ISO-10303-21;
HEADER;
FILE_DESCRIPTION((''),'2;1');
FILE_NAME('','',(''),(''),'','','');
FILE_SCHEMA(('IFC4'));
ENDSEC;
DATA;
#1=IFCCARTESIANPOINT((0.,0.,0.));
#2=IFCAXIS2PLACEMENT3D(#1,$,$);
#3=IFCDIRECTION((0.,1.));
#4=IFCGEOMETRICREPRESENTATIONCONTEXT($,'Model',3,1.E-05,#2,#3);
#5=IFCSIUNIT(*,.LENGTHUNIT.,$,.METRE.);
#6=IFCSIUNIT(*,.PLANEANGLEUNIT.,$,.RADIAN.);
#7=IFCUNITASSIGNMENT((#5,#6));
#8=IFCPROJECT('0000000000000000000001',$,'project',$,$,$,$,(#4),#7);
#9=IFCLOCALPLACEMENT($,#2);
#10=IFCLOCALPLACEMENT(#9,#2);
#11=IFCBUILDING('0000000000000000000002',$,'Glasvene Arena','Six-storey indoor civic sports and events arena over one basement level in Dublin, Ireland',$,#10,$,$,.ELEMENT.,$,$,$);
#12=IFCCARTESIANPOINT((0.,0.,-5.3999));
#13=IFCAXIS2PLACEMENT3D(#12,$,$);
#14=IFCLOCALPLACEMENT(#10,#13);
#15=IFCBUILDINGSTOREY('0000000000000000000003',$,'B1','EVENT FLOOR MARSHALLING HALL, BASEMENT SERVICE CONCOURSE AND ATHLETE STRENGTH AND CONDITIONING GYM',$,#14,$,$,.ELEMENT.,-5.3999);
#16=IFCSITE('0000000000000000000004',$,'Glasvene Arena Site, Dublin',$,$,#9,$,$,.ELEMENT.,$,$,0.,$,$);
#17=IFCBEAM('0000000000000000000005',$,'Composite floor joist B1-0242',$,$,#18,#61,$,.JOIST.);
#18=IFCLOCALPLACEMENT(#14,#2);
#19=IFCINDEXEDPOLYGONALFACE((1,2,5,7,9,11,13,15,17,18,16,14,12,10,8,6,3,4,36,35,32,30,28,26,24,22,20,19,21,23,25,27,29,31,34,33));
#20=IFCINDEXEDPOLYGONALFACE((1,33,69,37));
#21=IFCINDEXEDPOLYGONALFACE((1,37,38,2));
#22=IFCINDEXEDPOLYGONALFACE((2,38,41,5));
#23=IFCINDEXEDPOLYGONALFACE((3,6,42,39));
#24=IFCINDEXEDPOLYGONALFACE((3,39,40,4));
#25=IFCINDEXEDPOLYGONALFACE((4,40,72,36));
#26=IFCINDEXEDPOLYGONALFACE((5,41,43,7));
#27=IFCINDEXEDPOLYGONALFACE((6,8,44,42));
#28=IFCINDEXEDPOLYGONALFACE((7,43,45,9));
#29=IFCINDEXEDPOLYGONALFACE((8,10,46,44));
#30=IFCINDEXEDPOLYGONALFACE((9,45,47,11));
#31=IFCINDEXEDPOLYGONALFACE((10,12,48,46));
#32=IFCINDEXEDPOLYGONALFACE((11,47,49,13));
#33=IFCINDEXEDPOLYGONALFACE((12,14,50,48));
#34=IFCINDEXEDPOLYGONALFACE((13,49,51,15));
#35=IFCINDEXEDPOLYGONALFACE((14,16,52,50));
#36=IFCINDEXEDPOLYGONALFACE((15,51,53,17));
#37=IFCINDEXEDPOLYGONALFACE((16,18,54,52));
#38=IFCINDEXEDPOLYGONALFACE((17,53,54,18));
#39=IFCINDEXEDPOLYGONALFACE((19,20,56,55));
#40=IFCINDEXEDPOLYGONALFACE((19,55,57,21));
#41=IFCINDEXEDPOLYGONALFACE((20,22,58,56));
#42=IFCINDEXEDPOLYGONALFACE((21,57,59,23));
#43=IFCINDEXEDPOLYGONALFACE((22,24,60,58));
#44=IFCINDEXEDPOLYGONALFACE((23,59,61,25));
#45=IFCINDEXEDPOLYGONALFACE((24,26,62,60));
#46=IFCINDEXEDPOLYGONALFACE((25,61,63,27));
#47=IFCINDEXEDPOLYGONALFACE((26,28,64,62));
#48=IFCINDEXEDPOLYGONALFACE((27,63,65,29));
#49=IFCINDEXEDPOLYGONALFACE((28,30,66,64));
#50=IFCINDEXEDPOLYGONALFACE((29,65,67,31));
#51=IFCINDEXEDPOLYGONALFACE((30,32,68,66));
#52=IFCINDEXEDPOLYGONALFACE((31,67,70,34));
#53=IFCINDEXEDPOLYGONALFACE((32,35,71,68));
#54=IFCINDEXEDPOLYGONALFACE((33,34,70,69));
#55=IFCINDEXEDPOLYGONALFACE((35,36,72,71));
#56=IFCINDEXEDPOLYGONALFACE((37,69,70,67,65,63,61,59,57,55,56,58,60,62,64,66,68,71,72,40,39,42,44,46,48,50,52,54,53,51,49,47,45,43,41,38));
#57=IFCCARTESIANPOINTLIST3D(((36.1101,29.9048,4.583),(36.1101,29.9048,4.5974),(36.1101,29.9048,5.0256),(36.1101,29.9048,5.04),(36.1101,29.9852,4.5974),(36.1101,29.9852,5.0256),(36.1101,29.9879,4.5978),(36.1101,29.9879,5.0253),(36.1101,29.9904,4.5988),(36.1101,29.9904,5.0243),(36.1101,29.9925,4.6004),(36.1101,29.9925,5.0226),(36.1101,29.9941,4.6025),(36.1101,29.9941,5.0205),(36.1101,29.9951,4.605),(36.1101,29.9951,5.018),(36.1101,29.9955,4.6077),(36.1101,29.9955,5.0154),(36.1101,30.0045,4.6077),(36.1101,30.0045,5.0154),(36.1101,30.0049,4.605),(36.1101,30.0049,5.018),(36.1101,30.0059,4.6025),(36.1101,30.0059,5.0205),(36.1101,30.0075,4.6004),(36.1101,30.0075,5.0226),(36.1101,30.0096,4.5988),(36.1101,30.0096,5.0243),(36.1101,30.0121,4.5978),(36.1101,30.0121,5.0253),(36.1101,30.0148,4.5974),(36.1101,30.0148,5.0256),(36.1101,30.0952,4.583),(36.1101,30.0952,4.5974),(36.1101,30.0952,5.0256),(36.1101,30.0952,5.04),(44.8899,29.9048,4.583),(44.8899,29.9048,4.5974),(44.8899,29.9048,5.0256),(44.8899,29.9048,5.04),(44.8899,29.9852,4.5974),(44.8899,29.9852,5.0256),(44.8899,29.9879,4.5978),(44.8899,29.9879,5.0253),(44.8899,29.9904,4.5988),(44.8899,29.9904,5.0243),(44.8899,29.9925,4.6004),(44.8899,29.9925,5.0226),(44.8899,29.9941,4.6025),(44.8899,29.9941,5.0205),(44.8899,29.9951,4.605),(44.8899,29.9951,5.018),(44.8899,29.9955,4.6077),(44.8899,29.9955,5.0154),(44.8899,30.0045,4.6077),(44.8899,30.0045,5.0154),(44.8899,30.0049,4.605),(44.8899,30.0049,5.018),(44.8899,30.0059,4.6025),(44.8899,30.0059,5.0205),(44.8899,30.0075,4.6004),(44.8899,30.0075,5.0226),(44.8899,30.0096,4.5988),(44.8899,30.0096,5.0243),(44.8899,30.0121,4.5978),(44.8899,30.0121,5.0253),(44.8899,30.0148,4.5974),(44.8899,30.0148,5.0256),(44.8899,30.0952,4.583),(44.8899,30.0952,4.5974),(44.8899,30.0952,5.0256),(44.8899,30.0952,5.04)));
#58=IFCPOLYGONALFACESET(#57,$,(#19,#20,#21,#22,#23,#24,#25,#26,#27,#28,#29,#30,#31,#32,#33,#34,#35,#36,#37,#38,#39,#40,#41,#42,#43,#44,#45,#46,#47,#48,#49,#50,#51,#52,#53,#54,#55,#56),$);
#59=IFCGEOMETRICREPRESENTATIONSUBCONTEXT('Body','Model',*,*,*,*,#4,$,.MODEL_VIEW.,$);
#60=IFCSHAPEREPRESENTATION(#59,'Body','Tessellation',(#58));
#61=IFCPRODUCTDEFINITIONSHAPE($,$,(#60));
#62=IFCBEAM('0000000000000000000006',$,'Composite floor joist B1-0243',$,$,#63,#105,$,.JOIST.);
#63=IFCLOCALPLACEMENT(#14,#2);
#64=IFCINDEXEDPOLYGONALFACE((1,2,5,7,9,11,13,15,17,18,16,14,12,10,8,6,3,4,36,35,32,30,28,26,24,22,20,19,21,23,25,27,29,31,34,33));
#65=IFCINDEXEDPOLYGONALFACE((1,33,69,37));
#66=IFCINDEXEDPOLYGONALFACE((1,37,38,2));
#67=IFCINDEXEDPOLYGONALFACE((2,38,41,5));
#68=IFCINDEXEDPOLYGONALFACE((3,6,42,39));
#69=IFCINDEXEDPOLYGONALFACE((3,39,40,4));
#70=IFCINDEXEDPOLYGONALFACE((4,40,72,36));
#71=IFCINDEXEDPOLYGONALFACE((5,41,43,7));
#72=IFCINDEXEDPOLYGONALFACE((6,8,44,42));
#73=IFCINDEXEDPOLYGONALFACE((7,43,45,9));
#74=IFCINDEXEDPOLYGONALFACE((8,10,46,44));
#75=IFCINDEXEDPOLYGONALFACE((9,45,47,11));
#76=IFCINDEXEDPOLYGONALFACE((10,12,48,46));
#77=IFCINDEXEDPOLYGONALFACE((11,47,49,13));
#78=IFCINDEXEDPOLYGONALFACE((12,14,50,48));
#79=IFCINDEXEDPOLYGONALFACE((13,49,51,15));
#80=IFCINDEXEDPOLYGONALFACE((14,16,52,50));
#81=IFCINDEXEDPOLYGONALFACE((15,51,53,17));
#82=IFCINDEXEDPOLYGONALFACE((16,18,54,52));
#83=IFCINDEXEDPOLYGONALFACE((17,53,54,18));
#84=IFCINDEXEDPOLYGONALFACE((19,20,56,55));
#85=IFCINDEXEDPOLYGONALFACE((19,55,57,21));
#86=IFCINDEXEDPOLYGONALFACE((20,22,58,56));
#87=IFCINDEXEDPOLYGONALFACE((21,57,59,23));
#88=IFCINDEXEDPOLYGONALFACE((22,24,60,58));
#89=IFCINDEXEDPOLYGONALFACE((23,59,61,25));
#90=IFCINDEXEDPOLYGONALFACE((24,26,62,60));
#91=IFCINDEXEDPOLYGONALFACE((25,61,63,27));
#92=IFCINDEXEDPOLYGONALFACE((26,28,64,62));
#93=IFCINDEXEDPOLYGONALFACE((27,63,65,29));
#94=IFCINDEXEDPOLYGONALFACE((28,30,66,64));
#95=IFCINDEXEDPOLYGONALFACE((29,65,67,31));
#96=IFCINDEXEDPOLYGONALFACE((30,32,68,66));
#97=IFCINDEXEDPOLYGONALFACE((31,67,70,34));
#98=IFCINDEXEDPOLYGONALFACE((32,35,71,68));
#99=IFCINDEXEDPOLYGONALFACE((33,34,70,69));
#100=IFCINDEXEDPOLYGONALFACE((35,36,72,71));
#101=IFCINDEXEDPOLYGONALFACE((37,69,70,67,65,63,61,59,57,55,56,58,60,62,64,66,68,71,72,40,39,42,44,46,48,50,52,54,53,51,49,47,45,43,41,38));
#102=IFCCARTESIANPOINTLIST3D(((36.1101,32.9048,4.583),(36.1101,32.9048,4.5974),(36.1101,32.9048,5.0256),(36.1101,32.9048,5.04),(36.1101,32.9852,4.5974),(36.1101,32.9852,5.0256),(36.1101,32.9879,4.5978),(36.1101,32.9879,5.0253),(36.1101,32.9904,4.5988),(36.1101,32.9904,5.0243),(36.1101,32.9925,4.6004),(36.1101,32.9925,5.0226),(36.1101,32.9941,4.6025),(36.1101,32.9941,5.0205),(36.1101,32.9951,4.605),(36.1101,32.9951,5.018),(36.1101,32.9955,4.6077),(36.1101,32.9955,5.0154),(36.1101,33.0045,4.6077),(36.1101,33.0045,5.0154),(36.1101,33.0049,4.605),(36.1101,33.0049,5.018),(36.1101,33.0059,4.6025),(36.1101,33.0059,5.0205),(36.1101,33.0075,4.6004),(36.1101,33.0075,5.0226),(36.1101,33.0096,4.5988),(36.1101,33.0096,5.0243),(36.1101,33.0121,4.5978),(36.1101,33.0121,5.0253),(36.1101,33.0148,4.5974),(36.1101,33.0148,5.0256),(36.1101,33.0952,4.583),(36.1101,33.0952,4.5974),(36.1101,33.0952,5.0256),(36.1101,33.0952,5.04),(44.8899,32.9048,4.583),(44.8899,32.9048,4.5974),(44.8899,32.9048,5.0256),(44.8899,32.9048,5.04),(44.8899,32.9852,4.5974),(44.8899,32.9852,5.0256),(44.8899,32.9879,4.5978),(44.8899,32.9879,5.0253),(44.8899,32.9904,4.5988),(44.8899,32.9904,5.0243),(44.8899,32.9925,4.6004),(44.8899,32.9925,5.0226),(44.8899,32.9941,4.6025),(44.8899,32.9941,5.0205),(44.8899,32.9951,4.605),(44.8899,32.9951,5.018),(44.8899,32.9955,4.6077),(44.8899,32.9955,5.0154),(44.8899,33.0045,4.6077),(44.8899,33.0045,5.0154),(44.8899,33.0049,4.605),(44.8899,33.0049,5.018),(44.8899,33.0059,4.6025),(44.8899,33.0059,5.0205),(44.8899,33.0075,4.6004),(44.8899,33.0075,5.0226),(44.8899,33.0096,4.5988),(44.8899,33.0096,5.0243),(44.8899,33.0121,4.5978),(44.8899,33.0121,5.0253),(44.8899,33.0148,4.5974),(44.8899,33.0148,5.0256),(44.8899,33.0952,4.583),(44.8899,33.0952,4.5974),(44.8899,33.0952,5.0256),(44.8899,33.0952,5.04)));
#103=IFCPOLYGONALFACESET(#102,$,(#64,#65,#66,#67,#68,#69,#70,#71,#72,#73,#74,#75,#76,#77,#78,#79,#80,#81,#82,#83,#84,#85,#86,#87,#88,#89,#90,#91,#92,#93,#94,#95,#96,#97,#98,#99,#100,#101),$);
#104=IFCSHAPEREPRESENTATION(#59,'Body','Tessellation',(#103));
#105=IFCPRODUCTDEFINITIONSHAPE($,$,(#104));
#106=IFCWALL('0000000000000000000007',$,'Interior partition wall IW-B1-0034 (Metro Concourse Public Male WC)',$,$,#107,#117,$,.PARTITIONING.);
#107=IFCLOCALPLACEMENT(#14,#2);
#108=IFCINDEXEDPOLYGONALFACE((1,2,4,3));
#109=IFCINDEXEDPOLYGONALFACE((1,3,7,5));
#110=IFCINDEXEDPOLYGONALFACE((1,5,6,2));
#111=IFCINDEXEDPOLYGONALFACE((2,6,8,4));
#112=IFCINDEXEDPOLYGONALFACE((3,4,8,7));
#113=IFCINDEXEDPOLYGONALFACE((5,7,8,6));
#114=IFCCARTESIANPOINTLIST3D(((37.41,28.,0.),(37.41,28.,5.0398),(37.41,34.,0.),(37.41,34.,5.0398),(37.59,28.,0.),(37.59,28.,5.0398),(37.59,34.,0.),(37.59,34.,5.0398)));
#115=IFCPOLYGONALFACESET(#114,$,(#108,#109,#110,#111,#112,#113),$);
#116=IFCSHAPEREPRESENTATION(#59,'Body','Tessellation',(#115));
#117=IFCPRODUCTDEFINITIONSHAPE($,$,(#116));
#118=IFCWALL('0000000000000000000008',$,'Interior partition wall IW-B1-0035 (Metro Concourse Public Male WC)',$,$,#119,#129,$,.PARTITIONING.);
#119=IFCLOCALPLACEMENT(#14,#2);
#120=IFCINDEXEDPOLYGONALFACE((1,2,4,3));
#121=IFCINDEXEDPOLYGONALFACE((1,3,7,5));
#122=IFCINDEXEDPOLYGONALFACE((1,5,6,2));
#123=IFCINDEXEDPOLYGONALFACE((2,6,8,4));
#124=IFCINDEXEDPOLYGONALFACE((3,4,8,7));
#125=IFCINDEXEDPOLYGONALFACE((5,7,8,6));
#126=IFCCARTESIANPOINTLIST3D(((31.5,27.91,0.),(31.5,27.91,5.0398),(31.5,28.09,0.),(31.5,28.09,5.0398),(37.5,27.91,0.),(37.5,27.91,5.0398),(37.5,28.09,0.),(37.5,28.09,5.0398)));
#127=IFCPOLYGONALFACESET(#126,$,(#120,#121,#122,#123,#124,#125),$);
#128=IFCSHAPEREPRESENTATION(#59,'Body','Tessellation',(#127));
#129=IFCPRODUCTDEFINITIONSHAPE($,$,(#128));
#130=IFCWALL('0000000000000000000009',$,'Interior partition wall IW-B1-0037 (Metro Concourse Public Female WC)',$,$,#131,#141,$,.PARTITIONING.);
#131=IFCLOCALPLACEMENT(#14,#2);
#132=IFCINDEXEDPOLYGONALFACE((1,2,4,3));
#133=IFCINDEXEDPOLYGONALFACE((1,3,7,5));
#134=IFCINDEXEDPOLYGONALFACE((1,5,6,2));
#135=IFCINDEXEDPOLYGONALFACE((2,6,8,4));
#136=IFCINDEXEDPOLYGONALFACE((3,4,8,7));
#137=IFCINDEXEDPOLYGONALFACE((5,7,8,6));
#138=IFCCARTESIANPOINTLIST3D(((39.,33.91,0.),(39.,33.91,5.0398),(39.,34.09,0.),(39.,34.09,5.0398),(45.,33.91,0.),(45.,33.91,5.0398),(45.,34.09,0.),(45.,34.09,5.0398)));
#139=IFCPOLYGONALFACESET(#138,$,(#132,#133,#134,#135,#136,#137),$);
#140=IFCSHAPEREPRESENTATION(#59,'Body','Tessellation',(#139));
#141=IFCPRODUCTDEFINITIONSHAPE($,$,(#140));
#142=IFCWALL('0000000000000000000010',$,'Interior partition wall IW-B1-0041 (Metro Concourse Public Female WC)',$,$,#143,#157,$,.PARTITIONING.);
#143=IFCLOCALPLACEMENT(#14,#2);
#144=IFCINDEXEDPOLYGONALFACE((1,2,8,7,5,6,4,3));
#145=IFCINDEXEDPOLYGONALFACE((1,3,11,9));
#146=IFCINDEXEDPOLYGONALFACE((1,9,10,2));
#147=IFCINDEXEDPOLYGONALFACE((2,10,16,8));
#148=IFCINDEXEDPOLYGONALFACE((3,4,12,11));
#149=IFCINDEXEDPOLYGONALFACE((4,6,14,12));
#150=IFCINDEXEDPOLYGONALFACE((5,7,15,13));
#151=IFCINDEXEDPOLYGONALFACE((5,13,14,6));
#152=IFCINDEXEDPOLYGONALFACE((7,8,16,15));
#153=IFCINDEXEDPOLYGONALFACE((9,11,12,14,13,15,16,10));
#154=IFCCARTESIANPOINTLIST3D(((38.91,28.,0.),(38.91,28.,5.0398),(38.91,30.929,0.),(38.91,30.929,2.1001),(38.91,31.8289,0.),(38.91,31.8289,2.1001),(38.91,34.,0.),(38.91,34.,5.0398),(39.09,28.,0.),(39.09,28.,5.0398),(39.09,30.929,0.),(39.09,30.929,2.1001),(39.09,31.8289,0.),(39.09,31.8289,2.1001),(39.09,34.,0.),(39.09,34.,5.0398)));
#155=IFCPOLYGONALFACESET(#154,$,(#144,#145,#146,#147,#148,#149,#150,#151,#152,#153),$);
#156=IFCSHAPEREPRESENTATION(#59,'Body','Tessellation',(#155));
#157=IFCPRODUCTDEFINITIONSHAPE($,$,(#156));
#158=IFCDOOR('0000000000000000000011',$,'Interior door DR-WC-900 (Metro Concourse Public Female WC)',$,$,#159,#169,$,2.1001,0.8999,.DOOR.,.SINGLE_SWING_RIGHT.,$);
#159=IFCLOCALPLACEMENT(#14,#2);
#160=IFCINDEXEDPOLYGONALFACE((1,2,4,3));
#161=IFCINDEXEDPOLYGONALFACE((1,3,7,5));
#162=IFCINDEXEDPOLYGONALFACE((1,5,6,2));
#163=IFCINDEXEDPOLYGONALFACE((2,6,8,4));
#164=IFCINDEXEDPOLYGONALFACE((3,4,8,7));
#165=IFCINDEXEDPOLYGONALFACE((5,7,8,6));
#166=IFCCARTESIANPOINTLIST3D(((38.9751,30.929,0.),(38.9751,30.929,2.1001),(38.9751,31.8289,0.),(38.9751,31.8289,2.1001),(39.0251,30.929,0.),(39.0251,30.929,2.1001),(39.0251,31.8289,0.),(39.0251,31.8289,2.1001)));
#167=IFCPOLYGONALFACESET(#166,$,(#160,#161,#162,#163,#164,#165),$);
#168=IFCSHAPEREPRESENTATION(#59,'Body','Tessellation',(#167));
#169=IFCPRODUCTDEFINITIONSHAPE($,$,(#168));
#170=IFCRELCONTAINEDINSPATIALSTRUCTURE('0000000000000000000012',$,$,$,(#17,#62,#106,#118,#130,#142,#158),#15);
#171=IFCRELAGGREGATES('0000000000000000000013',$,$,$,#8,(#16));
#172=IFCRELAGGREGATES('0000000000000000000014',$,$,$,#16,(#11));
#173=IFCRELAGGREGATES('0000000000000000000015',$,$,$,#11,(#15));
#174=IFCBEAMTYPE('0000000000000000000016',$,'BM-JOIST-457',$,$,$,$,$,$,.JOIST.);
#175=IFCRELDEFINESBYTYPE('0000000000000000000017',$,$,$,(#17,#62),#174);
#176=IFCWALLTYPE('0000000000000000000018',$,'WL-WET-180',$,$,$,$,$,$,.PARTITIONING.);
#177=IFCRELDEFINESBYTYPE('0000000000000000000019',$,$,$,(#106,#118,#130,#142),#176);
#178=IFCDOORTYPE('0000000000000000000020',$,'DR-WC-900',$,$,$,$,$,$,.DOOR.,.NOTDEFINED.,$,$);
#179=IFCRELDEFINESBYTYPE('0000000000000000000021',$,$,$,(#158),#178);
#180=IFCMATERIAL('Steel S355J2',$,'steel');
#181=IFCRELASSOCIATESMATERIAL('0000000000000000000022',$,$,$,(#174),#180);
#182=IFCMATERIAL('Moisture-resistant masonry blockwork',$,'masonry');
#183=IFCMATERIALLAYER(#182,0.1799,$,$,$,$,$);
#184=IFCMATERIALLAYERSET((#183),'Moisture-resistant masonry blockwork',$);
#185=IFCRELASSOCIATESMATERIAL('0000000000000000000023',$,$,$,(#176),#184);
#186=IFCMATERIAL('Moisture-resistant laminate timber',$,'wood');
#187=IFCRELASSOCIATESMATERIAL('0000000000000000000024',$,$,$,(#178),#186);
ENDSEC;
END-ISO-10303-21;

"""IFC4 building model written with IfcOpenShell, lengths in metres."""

from ifc_helpers import new_model, si_unit, direction, frame, frame_2d, origin, origin_2d, place, context, subcontext, project, spatial, rectangle, i_section, extrude, material, layer, layer_set, material_profile, profile_set, type_object, element, fill, save


model = new_model("IFC4")

# Units and contexts
model_context = context("Model", 3, precision=1e-05, world=origin(), true_north=direction((0.0, 1.0)))
body_context = subcontext(model_context, "Body", "Model", "MODEL_VIEW")
ifc_project = project(units=[si_unit("LENGTHUNIT", "METRE"), si_unit("PLANEANGLEUNIT", "RADIAN")], contexts=[model_context])

# Site, building, storey
site_placement = place(None, origin())
site = spatial("IfcSite", under=ifc_project, at=site_placement, Name="Glasvene Arena Site, Dublin", CompositionType="ELEMENT", RefElevation=0.0)
building_placement = place(site_placement, origin())
building = spatial("IfcBuilding", under=site, at=building_placement, Name="Glasvene Arena", Description="Six-storey indoor civic sports and events arena over one basement level in Dublin, Ireland", CompositionType="ELEMENT")
storey_placement = place(building_placement, frame((0.0, 0.0, -5.3999)))
storey = spatial("IfcBuildingStorey", under=building, at=storey_placement, Name="B1", Description="EVENT FLOOR MARSHALLING HALL, BASEMENT SERVICE CONCOURSE AND ATHLETE STRENGTH AND CONDITIONING GYM", CompositionType="ELEMENT", Elevation=-5.3999)

# Shared definitions
ifc_material_1 = material(Name="Steel S355J2", Category="steel")

# Beams
ifc_material_profile_1 = material_profile(ifc_material_1, i_section(OverallWidth=0.1904, OverallDepth=0.457, WebThickness=0.009, FlangeThickness=0.0144, FilletRadius=0.0103, at=origin_2d()), Name="UKB 457x191x74")
ifc_profile_set_1 = profile_set([ifc_material_profile_1], Name="Steel S355J2")
beam_type_1 = type_object("IfcBeamType", Name="BM-JOIST-457", PredefinedType="JOIST", material=ifc_profile_set_1)
for number, where, z_axis, x_axis, name in (
    (1, (36.1101, 30.0, 4.8115), (1.0, 0.0, 0.0), (0.0, 1.0, 0.0), "Composite floor joist B1-0242"),
    (2, (36.1101, 33.0, 4.8115), (1.0, 0.0, 0.0), (0.0, 1.0, 0.0), "Composite floor joist B1-0243"),
):
    element("IfcBeam", number, at=place(storey_placement, frame(where, z_axis=z_axis, x_axis=x_axis)), inside=storey, type_object=beam_type_1, Name=name, PredefinedType="JOIST", context=body_context, shape_type="SweptSolid", body=[
        extrude(i_section(OverallWidth=0.1904, OverallDepth=0.457, WebThickness=0.009, FlangeThickness=0.0144, FilletRadius=0.0103, at=origin_2d()), origin(), (0.0, 0.0, 1.0), 8.7798),
    ])

# Walls
ifc_material_2 = material(Name="Moisture-resistant masonry blockwork", Category="masonry")
ifc_layer = layer(ifc_material_2, 0.1799)
ifc_layer_set = layer_set([ifc_layer], Name="Moisture-resistant masonry blockwork")
wall_type = type_object("IfcWallType", Name="WL-WET-180", PredefinedType="PARTITIONING", material=ifc_layer_set)
for number, where, z_axis, x_axis, name in (
    (3, (37.5, 34.0, 0.0), (0.0, 0.0, 1.0), (0.0, -1.0, 0.0), "Interior partition wall IW-B1-0034 (Metro Concourse Public Male WC)"),
    (4, (37.5, 28.0, 0.0), (0.0, 0.0, 1.0), (-1.0, 0.0, 0.0), "Interior partition wall IW-B1-0035 (Metro Concourse Public Male WC)"),
    (5, (39.0, 34.0, 0.0), (0.0, 0.0, 1.0), (1.0, 0.0, 0.0), "Interior partition wall IW-B1-0037 (Metro Concourse Public Female WC)"),
):
    element("IfcWall", number, at=place(storey_placement, frame(where, z_axis=z_axis, x_axis=x_axis)), inside=storey, type_object=wall_type, Name=name, PredefinedType="PARTITIONING", context=body_context, shape_type="SweptSolid", body=[
        extrude(rectangle(XDim=6.0, YDim=0.1799, at=frame_2d((3.0, 0.0))), origin(), (0.0, 0.0, 1.0), 5.0398),
    ])

# Wall, opening, door
wall_placement = place(storey_placement, frame((39.0, 28.0, 0.0), z_axis=(0.0, 0.0, 1.0), x_axis=(0.0, 1.0, 0.0)))
wall = element("IfcWall", 6, at=wall_placement, inside=storey, type_object=wall_type, Name="Interior partition wall IW-B1-0041 (Metro Concourse Public Female WC)", PredefinedType="PARTITIONING", context=body_context, shape_type="SweptSolid", body=[
    extrude(rectangle(XDim=6.0, YDim=0.1799, at=frame_2d((3.0, 0.0))), origin(), (0.0, 0.0, 1.0), 5.0398),
])
opening_placement = place(wall_placement, frame((2.929, 0.0, 0.0)))
opening = element("IfcOpeningElement", 7, at=opening_placement, cuts=wall, PredefinedType="OPENING", context=body_context, shape_type="SweptSolid", body=[
    extrude(rectangle(XDim=0.8999, YDim=2.1001, at=frame_2d((0.45, 1.05))), frame((0.0, 0.1001, 0.0), z_axis=(0.0, -1.0, 0.0), x_axis=(1.0, 0.0, 0.0)), (0.0, 0.0, 1.0), 0.2),
])
ifc_material_3 = material(Name="Moisture-resistant laminate timber", Category="wood")
door_type = type_object("IfcDoorType", Name="DR-WC-900", OperationType="NOTDEFINED", PredefinedType="DOOR", material=ifc_material_3)
door_placement = place(opening_placement, origin())
door = element("IfcDoor", 8, at=door_placement, inside=storey, type_object=door_type, Name="Interior door DR-WC-900 (Metro Concourse Public Female WC)", OperationType="SINGLE_SWING_RIGHT", OverallHeight=2.1001, OverallWidth=0.8999, PredefinedType="DOOR", context=body_context, shape_type="SweptSolid", body=[
    extrude(rectangle(XDim=0.8999, YDim=2.1001, at=frame_2d((0.45, 1.05))), frame((0.0, 0.0249, 0.0), z_axis=(0.0, -1.0, 0.0), x_axis=(1.0, 0.0, 0.0)), (0.0, 0.0, 1.0), 0.05),
])
fill(opening, door)

save(model, "model.ifc")
